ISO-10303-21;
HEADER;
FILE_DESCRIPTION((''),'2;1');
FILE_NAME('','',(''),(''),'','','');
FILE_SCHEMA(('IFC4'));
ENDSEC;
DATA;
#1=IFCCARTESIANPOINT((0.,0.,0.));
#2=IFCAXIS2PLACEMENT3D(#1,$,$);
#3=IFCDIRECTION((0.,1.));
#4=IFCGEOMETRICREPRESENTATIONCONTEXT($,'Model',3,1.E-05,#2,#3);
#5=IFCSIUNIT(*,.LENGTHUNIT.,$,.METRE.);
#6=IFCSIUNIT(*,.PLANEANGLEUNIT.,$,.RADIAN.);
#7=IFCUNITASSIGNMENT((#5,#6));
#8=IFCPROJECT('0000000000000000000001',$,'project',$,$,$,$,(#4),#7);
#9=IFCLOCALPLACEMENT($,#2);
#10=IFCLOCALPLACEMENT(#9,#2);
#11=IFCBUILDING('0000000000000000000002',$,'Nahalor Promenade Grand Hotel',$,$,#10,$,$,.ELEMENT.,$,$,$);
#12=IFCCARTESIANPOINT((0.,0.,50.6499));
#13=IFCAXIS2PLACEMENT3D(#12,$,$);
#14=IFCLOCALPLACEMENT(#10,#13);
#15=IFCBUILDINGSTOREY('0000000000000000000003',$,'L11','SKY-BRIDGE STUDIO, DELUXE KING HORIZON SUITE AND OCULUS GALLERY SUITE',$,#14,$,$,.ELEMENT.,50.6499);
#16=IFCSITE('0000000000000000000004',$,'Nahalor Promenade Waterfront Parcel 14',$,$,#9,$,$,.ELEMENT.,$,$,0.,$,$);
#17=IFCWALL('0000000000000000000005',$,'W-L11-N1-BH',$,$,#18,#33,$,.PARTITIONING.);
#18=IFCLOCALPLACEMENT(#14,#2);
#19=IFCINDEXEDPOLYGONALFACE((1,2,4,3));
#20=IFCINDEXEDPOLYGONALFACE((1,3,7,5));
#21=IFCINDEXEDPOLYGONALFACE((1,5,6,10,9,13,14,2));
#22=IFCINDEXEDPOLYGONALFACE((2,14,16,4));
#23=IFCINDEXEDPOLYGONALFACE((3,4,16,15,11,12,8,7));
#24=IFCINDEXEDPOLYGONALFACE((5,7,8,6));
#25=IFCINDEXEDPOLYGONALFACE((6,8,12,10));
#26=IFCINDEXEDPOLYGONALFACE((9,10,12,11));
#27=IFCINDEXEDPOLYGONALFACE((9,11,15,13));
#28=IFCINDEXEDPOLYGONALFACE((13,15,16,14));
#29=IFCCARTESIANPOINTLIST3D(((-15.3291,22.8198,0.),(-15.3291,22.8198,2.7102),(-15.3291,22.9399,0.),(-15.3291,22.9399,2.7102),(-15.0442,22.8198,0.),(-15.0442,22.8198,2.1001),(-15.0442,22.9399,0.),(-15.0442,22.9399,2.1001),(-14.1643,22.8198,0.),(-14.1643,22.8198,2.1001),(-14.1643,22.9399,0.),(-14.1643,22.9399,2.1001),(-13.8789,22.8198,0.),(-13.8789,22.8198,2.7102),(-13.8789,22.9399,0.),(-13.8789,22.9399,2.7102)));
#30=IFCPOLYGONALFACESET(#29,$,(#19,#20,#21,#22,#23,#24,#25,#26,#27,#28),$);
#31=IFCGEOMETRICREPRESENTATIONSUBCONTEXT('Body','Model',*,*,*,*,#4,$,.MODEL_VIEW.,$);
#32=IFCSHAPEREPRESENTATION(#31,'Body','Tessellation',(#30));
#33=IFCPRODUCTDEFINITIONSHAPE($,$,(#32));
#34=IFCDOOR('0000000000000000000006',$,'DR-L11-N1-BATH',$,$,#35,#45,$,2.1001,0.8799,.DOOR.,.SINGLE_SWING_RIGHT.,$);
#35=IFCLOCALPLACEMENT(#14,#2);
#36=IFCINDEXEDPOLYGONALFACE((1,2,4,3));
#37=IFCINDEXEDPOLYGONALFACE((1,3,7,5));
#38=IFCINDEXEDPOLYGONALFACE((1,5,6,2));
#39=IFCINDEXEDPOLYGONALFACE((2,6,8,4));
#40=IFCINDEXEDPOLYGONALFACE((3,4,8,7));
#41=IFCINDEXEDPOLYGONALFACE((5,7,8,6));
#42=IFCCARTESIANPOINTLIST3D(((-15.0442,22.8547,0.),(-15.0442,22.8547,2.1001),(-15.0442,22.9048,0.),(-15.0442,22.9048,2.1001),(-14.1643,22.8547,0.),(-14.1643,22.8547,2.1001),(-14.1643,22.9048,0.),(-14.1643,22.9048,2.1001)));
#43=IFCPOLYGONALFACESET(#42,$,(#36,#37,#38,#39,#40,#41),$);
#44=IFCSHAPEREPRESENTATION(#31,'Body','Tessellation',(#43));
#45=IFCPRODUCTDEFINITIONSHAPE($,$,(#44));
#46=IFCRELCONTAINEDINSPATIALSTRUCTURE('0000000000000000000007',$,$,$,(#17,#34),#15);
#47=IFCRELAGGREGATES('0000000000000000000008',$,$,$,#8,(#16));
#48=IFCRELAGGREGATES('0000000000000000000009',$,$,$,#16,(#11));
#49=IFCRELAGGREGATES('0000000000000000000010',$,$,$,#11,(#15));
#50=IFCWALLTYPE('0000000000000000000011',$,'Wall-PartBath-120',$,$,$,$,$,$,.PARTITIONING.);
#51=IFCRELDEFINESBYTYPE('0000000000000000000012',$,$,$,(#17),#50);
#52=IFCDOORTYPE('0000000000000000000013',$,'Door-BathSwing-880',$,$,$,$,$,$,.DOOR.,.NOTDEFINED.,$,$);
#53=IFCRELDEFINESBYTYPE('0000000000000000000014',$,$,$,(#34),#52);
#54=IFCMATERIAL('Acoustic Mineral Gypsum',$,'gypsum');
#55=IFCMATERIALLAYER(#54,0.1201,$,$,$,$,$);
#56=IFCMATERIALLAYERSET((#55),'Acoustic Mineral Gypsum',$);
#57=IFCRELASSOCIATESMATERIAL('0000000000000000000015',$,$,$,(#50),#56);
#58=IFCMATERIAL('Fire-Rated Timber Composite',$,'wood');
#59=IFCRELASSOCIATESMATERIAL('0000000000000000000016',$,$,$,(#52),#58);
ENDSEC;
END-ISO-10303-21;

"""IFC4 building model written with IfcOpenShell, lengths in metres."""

from ifc_helpers import new_model, si_unit, direction, frame, frame_2d, origin, place, context, subcontext, project, spatial, rectangle, extrude, source, transform, mapped, material, layer, layer_set, type_object, element, fill, save


model = new_model("IFC4")

# Units and contexts
model_context = context("Model", 3, precision=1e-05, world=origin(), true_north=direction((0.0, 1.0)))
body_context = subcontext(model_context, "Body", "Model", "MODEL_VIEW")
ifc_project = project(units=[si_unit("LENGTHUNIT", "METRE"), si_unit("PLANEANGLEUNIT", "RADIAN")], contexts=[model_context])

# Site, building, storey
site_placement = place(None, origin())
site = spatial("IfcSite", under=ifc_project, at=site_placement, Name="Nahalor Promenade Waterfront Parcel 14", CompositionType="ELEMENT", RefElevation=0.0)
building_placement = place(site_placement, origin())
building = spatial("IfcBuilding", under=site, at=building_placement, Name="Nahalor Promenade Grand Hotel", CompositionType="ELEMENT")
storey_placement = place(building_placement, frame((0.0, 0.0, 50.6499)))
storey = spatial("IfcBuildingStorey", under=building, at=storey_placement, Name="L11", Description="SKY-BRIDGE STUDIO, DELUXE KING HORIZON SUITE AND OCULUS GALLERY SUITE", CompositionType="ELEMENT", Elevation=50.6499)

# Shared definitions
ifc_material_1 = material(Name="Acoustic Mineral Gypsum", Category="gypsum")
ifc_layer_1 = layer(ifc_material_1, 0.1201)
ifc_layer_set_1 = layer_set([ifc_layer_1], Name="Acoustic Mineral Gypsum")
wall_type_1 = type_object("IfcWallType", Name="Wall-PartBath-120", PredefinedType="PARTITIONING", material=ifc_layer_set_1)
ifc_material_2 = material(Name="Fire-Rated Timber Composite", Category="wood")
door_type = type_object("IfcDoorType", Name="Door-BathSwing-880", OperationType="NOTDEFINED", PredefinedType="DOOR", material=ifc_material_2)
shared_shape_1 = source(origin(), body_context, "Body", "SweptSolid", [
    extrude(rectangle(XDim=0.8799, YDim=2.1001, at=frame_2d((0.4399, 1.05))), frame((0.0, 0.0249, 0.0), z_axis=(0.0, -1.0, 0.0), x_axis=(1.0, 0.0, 0.0)), (0.0, 0.0, 1.0), 0.05),
])

# Wall, opening, door
shared_shape_2 = source(origin(), body_context, "Body", "SweptSolid", [
    extrude(rectangle(XDim=1.4502, YDim=0.1201, at=frame_2d((0.7251, 0.0))), origin(), (0.0, 0.0, 1.0), 2.7102),
])
wall_1_placement = place(storey_placement, frame((-15.3291, 22.8799, 0.0), z_axis=(0.0, 0.0, 1.0), x_axis=(1.0, 0.0, 0.0)))
wall_1 = element("IfcWall", 1, at=wall_1_placement, inside=storey, type_object=wall_type_1, Name="W-L11-N1-BH", PredefinedType="PARTITIONING", context=body_context, shape_type="MappedRepresentation", body=[
    mapped(shared_shape_2, transform((0.0, 0.0, 0.0), scale=1.0)),
])
opening_1_placement = place(wall_1_placement, frame((0.2849, 0.0, 0.0)))
opening_1 = element("IfcOpeningElement", 2, at=opening_1_placement, cuts=wall_1, PredefinedType="OPENING", context=body_context, shape_type="SweptSolid", body=[
    extrude(rectangle(XDim=0.8799, YDim=2.1001, at=frame_2d((0.4399, 1.05))), frame((0.0, 0.0701, 0.0), z_axis=(0.0, -1.0, 0.0), x_axis=(1.0, 0.0, 0.0)), (0.0, 0.0, 1.0), 0.1401),
])
door_1_placement = place(opening_1_placement, origin())
door_1 = element("IfcDoor", 3, at=door_1_placement, inside=storey, type_object=door_type, Name="DR-L11-N1-BATH", OperationType="SINGLE_SWING_RIGHT", OverallHeight=2.1001, OverallWidth=0.8799, PredefinedType="DOOR", context=body_context, shape_type="MappedRepresentation", body=[
    mapped(shared_shape_1, transform((0.0, 0.0, 0.0), scale=1.0)),
])
fill(opening_1, door_1)

save(model, "model.ifc")
